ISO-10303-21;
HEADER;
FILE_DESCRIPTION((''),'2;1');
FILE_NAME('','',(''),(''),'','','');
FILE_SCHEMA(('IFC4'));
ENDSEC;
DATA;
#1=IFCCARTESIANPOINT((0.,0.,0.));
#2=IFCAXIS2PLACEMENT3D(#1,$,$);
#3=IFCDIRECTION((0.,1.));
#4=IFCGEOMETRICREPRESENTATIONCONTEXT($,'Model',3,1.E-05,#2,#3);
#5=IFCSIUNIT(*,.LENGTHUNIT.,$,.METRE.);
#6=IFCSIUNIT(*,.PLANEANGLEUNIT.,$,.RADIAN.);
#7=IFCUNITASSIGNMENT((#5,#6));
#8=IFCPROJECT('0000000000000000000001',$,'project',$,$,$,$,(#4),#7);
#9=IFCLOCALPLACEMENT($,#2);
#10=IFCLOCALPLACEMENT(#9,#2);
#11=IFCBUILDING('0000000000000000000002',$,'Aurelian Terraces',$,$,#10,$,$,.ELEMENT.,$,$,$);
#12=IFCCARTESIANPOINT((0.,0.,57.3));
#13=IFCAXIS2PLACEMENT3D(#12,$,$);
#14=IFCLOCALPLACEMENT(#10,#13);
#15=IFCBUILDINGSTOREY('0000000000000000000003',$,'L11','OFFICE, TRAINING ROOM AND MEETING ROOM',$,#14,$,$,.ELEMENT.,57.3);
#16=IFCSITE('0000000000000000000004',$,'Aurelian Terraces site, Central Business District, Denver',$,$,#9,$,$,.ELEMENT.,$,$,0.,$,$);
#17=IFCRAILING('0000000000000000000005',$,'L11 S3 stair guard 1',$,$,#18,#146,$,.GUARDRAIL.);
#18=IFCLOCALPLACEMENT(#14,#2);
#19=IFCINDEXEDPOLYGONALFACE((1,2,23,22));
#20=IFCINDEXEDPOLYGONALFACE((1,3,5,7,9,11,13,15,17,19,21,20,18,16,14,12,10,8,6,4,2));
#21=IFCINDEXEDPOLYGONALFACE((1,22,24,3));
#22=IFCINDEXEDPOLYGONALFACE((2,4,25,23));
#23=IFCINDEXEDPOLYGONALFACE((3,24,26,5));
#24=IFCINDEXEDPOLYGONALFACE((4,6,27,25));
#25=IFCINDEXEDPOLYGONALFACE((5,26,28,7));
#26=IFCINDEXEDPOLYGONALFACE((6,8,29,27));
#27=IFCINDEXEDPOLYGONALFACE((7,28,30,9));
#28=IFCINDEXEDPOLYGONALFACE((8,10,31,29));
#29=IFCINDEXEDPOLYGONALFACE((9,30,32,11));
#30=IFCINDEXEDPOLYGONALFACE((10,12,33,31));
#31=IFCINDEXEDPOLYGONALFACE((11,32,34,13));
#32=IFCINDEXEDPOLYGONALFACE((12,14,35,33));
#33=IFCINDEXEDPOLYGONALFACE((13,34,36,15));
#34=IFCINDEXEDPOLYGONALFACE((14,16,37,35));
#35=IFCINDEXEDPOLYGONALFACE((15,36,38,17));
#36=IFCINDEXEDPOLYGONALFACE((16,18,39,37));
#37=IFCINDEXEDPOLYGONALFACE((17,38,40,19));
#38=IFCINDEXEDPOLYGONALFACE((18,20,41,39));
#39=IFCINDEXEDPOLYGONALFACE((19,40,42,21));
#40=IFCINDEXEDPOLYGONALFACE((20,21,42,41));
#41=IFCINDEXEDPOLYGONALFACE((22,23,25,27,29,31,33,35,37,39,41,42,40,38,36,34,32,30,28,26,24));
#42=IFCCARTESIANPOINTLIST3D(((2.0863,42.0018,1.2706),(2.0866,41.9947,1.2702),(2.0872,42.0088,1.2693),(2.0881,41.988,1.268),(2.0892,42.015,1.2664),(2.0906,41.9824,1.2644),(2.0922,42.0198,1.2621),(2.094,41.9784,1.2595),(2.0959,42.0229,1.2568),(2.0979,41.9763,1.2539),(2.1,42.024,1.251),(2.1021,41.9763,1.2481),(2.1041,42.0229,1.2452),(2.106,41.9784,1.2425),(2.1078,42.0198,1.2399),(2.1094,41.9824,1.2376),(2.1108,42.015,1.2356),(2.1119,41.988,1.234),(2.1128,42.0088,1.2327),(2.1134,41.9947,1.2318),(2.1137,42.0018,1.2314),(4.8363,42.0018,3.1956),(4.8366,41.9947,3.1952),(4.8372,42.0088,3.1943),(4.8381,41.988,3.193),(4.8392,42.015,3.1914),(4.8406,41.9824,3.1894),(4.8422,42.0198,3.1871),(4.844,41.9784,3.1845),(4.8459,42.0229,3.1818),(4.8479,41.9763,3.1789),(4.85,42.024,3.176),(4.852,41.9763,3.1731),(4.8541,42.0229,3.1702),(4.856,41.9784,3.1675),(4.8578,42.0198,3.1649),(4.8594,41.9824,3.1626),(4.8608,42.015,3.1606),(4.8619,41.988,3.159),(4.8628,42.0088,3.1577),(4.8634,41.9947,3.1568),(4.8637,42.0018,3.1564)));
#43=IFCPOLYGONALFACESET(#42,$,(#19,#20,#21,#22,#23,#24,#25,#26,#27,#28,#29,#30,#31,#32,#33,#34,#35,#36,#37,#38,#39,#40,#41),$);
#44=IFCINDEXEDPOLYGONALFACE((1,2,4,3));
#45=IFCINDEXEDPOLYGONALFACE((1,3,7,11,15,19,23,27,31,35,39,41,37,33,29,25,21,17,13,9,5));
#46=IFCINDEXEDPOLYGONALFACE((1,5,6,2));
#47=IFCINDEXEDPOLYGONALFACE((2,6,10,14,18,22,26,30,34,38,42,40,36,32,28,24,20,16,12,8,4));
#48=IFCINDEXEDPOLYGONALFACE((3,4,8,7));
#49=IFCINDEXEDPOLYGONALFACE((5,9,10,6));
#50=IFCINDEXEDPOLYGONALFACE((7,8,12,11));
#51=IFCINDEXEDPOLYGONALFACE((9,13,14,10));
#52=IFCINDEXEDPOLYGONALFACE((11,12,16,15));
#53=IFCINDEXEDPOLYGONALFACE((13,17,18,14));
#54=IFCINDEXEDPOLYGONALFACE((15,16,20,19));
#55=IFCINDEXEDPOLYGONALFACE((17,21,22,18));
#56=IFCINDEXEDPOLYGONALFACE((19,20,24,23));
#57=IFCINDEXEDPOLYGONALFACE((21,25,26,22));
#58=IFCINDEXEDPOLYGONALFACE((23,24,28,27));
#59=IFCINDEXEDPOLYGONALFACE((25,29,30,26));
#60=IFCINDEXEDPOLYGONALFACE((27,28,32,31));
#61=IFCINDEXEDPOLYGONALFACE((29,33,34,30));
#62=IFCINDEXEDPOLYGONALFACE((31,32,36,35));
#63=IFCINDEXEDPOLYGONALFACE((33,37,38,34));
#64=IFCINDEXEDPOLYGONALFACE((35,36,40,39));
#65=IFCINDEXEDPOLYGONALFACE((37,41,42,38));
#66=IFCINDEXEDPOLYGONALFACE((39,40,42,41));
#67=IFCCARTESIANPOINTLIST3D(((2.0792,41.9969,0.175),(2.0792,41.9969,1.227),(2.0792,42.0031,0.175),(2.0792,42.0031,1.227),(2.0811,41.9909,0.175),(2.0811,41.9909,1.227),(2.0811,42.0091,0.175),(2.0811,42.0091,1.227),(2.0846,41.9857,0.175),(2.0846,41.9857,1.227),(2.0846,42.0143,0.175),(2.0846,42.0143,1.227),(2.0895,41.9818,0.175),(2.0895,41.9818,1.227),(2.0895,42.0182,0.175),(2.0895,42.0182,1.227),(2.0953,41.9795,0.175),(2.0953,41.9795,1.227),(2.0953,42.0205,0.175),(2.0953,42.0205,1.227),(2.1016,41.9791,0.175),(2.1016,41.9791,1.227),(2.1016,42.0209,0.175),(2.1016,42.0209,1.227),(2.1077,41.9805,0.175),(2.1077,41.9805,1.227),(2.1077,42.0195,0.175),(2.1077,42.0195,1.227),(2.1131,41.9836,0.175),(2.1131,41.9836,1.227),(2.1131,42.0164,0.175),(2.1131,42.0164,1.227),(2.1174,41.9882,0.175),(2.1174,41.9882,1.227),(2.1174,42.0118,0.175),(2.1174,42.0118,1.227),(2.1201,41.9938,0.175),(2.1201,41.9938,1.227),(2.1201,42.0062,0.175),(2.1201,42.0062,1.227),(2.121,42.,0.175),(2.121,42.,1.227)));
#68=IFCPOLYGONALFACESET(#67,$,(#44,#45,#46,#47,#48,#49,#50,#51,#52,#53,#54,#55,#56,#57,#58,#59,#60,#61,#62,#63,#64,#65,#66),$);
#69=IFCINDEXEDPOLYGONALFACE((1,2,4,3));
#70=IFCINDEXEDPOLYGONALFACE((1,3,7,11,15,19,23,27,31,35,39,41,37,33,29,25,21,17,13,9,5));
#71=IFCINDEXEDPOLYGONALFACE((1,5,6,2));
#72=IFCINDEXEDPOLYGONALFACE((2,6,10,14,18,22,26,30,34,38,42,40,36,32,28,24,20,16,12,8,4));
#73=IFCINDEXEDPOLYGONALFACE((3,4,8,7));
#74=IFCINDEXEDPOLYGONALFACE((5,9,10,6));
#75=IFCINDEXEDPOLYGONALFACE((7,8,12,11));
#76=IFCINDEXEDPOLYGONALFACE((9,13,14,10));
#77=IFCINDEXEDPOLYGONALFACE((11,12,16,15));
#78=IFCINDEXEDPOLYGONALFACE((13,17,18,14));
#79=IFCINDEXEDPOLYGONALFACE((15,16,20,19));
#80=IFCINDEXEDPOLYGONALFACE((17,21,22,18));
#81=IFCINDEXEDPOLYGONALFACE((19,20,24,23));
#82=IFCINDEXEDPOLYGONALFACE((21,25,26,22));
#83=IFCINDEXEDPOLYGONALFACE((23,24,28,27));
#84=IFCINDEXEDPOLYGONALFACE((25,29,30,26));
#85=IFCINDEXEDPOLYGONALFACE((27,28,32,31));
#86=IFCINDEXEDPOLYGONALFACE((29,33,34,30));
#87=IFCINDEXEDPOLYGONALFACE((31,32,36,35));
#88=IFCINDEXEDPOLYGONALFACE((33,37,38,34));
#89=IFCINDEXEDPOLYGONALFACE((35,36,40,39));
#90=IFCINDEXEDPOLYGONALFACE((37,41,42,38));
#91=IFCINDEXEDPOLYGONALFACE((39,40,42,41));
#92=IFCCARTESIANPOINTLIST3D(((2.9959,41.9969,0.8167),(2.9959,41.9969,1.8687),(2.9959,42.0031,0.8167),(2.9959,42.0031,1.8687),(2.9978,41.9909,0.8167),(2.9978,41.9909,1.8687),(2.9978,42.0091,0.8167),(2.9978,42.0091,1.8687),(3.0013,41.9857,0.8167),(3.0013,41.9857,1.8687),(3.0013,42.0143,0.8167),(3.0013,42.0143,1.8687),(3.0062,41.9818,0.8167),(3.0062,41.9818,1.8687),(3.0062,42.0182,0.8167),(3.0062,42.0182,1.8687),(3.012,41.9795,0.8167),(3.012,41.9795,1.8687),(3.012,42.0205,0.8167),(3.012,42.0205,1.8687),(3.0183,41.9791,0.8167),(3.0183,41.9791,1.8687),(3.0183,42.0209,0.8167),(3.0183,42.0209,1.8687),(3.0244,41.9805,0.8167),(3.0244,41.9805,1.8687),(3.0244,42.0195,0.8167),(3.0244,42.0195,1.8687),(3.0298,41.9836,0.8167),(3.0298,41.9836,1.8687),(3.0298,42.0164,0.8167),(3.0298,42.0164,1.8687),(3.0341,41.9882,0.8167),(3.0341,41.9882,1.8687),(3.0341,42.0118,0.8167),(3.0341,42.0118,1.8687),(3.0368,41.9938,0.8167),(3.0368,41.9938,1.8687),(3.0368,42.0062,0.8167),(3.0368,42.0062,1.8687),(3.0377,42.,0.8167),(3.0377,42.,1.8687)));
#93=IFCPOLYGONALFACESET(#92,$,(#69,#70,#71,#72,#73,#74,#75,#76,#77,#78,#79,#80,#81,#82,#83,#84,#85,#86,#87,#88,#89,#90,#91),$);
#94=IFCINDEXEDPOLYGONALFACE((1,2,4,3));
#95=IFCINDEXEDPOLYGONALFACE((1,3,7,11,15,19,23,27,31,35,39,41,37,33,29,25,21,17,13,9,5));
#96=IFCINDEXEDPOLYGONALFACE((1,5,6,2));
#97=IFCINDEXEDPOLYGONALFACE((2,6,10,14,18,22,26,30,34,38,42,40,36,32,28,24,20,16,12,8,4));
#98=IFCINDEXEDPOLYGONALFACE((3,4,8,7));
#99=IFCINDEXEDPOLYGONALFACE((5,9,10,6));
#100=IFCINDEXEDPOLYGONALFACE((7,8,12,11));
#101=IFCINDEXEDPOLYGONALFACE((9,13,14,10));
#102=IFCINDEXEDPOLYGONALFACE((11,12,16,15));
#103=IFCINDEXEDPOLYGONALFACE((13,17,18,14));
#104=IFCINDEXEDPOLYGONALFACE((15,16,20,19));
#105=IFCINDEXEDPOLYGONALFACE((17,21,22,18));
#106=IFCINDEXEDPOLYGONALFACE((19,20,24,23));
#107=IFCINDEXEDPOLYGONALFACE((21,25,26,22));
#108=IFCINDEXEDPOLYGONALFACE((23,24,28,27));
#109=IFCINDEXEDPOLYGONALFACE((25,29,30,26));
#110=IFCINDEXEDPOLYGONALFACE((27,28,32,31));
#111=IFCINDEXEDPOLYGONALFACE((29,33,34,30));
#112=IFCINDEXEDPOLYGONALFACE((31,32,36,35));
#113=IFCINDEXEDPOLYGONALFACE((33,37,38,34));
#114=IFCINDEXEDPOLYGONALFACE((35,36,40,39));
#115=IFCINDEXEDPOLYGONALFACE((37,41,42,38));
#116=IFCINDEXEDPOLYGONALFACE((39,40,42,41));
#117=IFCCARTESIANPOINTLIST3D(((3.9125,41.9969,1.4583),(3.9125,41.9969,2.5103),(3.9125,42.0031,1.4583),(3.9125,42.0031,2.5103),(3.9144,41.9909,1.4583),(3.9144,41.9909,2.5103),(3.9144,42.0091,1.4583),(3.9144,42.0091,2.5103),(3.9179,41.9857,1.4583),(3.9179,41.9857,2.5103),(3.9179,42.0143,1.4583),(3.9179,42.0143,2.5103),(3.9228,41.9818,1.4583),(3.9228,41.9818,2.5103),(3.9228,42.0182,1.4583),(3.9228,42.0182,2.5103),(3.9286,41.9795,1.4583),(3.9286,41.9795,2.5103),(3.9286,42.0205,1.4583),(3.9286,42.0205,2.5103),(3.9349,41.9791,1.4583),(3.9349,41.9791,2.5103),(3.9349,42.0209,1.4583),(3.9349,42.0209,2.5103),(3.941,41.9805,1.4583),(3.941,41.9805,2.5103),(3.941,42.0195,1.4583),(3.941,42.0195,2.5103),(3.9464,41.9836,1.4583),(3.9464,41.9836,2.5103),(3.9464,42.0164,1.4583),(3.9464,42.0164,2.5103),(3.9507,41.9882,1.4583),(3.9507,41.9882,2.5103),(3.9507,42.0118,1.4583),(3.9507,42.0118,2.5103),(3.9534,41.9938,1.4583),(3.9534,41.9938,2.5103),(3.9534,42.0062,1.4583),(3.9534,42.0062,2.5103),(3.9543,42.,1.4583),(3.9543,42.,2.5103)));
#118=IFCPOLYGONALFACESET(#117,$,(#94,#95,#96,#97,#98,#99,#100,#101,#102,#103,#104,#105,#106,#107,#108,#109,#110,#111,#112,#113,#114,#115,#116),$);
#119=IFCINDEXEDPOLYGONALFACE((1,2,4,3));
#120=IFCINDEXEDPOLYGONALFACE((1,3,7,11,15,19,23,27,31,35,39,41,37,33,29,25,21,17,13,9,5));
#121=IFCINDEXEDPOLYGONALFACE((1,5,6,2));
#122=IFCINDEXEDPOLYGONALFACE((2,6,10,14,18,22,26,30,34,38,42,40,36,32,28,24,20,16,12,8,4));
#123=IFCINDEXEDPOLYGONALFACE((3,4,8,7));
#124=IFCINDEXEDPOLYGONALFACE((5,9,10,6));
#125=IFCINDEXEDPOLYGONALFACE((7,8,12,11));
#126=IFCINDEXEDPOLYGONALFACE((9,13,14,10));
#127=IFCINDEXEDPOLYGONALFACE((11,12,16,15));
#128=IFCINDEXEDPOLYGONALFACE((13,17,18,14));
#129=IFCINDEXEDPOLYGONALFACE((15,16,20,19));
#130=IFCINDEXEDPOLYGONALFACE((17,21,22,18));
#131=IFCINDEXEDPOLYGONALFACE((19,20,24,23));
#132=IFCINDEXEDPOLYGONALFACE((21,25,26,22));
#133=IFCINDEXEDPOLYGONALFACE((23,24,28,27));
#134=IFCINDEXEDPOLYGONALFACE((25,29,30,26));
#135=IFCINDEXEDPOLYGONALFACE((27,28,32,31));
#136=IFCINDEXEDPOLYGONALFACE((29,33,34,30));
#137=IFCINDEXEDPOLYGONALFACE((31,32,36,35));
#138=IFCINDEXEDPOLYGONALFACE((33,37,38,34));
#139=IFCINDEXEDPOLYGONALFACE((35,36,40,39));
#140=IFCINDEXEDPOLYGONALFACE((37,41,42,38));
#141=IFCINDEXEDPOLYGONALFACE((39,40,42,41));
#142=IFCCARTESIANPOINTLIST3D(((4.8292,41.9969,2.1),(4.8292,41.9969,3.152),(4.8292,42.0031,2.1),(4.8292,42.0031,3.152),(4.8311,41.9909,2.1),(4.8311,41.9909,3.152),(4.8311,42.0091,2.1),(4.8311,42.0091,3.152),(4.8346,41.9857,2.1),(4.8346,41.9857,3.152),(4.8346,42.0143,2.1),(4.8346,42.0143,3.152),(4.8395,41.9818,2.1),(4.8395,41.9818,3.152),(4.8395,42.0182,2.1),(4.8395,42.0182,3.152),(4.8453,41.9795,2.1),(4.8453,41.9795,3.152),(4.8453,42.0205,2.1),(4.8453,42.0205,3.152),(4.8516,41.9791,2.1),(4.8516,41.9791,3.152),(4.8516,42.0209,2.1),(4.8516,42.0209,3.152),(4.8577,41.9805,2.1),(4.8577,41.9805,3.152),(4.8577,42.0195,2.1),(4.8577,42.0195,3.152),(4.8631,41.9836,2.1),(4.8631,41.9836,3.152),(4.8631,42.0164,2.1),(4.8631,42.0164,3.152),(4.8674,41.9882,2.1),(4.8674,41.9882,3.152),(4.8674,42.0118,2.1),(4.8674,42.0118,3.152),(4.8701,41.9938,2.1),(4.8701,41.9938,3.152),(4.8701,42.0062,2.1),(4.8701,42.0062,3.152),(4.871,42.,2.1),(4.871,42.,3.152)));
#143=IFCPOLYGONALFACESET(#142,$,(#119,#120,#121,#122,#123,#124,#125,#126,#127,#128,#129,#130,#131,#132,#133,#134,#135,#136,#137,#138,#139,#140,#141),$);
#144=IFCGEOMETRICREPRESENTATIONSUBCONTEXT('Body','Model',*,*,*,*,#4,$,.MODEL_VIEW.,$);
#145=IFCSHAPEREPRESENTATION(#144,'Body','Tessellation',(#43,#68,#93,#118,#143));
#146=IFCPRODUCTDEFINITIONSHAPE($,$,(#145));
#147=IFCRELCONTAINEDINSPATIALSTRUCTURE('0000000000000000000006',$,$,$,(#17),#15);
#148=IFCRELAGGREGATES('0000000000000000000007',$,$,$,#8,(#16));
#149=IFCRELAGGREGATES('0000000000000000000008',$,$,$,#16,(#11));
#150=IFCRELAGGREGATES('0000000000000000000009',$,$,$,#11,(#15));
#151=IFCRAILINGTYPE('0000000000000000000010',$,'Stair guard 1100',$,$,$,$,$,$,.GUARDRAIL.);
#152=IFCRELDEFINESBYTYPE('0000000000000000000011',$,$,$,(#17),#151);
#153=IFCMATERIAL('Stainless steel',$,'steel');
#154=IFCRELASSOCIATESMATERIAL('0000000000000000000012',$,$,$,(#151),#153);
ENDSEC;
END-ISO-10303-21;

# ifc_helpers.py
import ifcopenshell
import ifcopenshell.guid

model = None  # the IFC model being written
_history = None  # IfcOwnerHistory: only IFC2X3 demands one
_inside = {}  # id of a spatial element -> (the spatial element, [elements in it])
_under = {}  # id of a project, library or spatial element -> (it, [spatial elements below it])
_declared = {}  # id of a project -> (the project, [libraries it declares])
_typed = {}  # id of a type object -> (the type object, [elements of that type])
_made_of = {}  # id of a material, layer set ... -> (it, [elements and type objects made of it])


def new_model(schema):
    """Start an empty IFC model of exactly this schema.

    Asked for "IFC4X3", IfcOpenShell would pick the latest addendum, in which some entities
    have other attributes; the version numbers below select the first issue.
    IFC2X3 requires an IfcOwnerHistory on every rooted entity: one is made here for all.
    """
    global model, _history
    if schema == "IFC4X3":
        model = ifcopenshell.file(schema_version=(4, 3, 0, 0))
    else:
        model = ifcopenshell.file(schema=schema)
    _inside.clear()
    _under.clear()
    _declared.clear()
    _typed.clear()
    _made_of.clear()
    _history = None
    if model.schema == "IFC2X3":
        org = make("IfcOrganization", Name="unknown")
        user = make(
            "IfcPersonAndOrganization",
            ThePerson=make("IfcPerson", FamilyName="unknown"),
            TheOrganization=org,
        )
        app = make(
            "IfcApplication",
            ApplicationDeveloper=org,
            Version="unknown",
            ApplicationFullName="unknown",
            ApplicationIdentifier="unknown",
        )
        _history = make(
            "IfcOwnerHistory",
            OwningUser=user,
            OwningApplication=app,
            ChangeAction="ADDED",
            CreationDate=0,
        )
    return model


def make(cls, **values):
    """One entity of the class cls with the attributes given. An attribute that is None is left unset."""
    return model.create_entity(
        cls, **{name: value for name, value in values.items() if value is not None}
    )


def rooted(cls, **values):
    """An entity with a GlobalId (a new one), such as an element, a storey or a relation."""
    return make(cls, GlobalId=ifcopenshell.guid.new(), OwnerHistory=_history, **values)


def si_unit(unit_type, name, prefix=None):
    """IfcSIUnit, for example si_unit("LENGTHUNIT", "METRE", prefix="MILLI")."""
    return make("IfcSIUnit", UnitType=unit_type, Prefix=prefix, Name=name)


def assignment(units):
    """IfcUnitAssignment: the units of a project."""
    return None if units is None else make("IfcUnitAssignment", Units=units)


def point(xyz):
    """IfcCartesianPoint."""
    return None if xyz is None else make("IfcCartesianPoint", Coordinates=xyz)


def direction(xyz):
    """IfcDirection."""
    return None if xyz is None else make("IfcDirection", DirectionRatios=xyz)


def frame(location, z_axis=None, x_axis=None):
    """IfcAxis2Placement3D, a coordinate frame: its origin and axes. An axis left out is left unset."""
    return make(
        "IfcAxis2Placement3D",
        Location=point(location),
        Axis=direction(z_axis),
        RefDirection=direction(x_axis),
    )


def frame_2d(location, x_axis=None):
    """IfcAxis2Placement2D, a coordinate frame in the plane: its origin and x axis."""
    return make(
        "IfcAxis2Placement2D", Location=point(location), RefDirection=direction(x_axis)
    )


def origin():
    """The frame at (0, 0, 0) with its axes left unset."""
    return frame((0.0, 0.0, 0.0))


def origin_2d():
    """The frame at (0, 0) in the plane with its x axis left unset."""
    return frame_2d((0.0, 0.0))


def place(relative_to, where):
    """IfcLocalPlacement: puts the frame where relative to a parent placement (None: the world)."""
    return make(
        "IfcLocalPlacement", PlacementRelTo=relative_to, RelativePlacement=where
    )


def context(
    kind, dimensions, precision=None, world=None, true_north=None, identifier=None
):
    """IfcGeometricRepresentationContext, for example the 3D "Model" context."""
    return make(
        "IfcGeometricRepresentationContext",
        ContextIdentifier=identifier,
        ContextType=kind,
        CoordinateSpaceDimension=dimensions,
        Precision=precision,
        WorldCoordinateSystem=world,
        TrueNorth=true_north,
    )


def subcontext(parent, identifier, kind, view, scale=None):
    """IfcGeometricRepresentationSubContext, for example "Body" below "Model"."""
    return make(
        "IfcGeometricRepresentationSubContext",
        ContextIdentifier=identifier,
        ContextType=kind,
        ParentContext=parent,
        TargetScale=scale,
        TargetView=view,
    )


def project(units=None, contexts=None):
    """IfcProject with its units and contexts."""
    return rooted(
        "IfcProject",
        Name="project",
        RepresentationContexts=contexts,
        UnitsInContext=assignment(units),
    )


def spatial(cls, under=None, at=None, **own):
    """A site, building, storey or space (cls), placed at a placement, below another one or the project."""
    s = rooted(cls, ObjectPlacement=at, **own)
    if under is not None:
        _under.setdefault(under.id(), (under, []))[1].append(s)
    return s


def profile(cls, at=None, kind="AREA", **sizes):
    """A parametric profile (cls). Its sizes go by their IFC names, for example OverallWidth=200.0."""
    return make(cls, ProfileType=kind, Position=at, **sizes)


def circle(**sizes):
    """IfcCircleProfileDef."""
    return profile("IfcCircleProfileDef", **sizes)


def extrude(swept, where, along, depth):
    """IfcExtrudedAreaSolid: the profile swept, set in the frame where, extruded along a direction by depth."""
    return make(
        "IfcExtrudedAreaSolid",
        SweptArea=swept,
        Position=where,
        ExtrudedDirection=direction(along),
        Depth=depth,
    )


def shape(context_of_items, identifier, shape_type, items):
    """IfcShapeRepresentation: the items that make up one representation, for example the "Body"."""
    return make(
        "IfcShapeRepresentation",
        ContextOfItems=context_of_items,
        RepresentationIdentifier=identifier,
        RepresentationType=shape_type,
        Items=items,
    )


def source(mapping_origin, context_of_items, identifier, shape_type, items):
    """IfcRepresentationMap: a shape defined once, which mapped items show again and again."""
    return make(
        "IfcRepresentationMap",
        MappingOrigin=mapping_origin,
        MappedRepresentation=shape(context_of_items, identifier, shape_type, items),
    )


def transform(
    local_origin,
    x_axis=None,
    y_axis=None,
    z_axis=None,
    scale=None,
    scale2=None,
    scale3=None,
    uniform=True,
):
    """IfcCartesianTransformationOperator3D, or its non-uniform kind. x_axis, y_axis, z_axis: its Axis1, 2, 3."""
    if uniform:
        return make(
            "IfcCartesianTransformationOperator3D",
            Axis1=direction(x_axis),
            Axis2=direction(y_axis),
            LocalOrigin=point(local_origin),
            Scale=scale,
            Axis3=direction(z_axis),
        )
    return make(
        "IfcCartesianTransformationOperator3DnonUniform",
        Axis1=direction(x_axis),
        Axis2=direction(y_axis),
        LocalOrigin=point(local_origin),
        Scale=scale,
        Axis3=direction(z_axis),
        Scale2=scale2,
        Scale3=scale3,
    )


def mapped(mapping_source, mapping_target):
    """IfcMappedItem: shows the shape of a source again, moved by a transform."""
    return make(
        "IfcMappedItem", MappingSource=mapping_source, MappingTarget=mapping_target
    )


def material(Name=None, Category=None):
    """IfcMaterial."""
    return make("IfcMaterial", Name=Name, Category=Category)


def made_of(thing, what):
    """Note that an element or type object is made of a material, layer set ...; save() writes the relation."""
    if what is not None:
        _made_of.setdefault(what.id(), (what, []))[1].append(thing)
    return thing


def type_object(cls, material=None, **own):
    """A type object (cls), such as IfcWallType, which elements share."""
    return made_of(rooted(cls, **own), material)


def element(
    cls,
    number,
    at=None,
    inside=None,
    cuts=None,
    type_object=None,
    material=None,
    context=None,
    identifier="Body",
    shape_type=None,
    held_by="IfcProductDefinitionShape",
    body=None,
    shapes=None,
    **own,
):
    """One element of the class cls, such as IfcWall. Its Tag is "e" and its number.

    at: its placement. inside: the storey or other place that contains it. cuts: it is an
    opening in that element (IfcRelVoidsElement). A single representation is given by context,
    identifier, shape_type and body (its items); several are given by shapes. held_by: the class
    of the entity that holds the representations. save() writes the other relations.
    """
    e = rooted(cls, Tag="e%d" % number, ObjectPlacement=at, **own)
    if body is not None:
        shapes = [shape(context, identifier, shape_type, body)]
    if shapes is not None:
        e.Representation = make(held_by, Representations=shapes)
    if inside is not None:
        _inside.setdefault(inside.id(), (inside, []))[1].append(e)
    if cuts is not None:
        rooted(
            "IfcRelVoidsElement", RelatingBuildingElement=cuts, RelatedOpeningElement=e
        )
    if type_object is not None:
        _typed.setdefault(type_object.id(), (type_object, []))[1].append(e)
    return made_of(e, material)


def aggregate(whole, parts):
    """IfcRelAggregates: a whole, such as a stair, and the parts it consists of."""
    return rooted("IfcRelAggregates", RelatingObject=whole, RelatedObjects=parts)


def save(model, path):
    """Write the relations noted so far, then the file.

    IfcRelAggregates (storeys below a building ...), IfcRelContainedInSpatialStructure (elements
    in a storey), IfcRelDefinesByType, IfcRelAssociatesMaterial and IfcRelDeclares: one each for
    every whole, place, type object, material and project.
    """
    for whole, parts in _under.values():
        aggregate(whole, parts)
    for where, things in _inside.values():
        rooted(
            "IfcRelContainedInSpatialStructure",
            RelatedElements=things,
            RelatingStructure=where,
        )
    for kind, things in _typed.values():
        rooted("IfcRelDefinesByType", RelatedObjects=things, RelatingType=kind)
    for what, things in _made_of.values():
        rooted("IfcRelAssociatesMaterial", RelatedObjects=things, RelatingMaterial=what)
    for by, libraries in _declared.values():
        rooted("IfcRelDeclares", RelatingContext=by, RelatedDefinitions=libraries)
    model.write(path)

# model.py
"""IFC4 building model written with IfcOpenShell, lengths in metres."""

from ifc_helpers import new_model, si_unit, direction, frame, origin, origin_2d, place, context, subcontext, project, spatial, circle, extrude, source, transform, mapped, material, type_object, element, save


model = new_model("IFC4")

# Units and contexts
model_context = context("Model", 3, precision=1e-05, world=origin(), true_north=direction((0.0, 1.0)))
body_context = subcontext(model_context, "Body", "Model", "MODEL_VIEW")
ifc_project = project(units=[si_unit("LENGTHUNIT", "METRE"), si_unit("PLANEANGLEUNIT", "RADIAN")], contexts=[model_context])

# Site, building, storey
site_placement = place(None, origin())
site = spatial("IfcSite", under=ifc_project, at=site_placement, Name="Aurelian Terraces site, Central Business District, Denver", CompositionType="ELEMENT", RefElevation=0.0)
building_placement = place(site_placement, origin())
building = spatial("IfcBuilding", under=site, at=building_placement, Name="Aurelian Terraces", CompositionType="ELEMENT")
storey_placement = place(building_placement, frame((0.0, 0.0, 57.3)))
storey = spatial("IfcBuildingStorey", under=building, at=storey_placement, Name="L11", Description="OFFICE, TRAINING ROOM AND MEETING ROOM", CompositionType="ELEMENT", Elevation=57.3)

# Railing
ifc_material_1 = material(Name="Stainless steel", Category="steel")
railing_type_1 = type_object("IfcRailingType", Name="Stair guard 1100", PredefinedType="GUARDRAIL", material=ifc_material_1)
shared_shape_1 = source(origin(), body_context, "Body", "SweptSolid", [
    extrude(circle(Radius=0.024, at=origin_2d()), frame((0.0, 0.0, 1.076), z_axis=(0.819232, 0.0, 0.573462), x_axis=(0.0, 1.0, 0.0)), (0.0, 0.0, 1.0), 3.3568),
    extrude(circle(Radius=0.021, at=origin_2d()), origin(), (0.0, 0.0, 1.0), 1.052),
    extrude(circle(Radius=0.021, at=origin_2d()), frame((0.9167, 0.0, 0.6417)), (0.0, 0.0, 1.0), 1.052),
    extrude(circle(Radius=0.021, at=origin_2d()), frame((1.8333, 0.0, 1.2833)), (0.0, 0.0, 1.0), 1.052),
    extrude(circle(Radius=0.021, at=origin_2d()), frame((2.75, 0.0, 1.925)), (0.0, 0.0, 1.0), 1.052),
])
railing_1_placement = place(storey_placement, frame((2.1, 42.0, 0.175)))
element("IfcRailing", 1, at=railing_1_placement, inside=storey, type_object=railing_type_1, Name="L11 S3 stair guard 1", PredefinedType="GUARDRAIL", context=body_context, shape_type="MappedRepresentation", body=[
    mapped(shared_shape_1, transform((0.0, 0.0, 0.0), scale=1.0)),
])

save(model, "model.ifc")
